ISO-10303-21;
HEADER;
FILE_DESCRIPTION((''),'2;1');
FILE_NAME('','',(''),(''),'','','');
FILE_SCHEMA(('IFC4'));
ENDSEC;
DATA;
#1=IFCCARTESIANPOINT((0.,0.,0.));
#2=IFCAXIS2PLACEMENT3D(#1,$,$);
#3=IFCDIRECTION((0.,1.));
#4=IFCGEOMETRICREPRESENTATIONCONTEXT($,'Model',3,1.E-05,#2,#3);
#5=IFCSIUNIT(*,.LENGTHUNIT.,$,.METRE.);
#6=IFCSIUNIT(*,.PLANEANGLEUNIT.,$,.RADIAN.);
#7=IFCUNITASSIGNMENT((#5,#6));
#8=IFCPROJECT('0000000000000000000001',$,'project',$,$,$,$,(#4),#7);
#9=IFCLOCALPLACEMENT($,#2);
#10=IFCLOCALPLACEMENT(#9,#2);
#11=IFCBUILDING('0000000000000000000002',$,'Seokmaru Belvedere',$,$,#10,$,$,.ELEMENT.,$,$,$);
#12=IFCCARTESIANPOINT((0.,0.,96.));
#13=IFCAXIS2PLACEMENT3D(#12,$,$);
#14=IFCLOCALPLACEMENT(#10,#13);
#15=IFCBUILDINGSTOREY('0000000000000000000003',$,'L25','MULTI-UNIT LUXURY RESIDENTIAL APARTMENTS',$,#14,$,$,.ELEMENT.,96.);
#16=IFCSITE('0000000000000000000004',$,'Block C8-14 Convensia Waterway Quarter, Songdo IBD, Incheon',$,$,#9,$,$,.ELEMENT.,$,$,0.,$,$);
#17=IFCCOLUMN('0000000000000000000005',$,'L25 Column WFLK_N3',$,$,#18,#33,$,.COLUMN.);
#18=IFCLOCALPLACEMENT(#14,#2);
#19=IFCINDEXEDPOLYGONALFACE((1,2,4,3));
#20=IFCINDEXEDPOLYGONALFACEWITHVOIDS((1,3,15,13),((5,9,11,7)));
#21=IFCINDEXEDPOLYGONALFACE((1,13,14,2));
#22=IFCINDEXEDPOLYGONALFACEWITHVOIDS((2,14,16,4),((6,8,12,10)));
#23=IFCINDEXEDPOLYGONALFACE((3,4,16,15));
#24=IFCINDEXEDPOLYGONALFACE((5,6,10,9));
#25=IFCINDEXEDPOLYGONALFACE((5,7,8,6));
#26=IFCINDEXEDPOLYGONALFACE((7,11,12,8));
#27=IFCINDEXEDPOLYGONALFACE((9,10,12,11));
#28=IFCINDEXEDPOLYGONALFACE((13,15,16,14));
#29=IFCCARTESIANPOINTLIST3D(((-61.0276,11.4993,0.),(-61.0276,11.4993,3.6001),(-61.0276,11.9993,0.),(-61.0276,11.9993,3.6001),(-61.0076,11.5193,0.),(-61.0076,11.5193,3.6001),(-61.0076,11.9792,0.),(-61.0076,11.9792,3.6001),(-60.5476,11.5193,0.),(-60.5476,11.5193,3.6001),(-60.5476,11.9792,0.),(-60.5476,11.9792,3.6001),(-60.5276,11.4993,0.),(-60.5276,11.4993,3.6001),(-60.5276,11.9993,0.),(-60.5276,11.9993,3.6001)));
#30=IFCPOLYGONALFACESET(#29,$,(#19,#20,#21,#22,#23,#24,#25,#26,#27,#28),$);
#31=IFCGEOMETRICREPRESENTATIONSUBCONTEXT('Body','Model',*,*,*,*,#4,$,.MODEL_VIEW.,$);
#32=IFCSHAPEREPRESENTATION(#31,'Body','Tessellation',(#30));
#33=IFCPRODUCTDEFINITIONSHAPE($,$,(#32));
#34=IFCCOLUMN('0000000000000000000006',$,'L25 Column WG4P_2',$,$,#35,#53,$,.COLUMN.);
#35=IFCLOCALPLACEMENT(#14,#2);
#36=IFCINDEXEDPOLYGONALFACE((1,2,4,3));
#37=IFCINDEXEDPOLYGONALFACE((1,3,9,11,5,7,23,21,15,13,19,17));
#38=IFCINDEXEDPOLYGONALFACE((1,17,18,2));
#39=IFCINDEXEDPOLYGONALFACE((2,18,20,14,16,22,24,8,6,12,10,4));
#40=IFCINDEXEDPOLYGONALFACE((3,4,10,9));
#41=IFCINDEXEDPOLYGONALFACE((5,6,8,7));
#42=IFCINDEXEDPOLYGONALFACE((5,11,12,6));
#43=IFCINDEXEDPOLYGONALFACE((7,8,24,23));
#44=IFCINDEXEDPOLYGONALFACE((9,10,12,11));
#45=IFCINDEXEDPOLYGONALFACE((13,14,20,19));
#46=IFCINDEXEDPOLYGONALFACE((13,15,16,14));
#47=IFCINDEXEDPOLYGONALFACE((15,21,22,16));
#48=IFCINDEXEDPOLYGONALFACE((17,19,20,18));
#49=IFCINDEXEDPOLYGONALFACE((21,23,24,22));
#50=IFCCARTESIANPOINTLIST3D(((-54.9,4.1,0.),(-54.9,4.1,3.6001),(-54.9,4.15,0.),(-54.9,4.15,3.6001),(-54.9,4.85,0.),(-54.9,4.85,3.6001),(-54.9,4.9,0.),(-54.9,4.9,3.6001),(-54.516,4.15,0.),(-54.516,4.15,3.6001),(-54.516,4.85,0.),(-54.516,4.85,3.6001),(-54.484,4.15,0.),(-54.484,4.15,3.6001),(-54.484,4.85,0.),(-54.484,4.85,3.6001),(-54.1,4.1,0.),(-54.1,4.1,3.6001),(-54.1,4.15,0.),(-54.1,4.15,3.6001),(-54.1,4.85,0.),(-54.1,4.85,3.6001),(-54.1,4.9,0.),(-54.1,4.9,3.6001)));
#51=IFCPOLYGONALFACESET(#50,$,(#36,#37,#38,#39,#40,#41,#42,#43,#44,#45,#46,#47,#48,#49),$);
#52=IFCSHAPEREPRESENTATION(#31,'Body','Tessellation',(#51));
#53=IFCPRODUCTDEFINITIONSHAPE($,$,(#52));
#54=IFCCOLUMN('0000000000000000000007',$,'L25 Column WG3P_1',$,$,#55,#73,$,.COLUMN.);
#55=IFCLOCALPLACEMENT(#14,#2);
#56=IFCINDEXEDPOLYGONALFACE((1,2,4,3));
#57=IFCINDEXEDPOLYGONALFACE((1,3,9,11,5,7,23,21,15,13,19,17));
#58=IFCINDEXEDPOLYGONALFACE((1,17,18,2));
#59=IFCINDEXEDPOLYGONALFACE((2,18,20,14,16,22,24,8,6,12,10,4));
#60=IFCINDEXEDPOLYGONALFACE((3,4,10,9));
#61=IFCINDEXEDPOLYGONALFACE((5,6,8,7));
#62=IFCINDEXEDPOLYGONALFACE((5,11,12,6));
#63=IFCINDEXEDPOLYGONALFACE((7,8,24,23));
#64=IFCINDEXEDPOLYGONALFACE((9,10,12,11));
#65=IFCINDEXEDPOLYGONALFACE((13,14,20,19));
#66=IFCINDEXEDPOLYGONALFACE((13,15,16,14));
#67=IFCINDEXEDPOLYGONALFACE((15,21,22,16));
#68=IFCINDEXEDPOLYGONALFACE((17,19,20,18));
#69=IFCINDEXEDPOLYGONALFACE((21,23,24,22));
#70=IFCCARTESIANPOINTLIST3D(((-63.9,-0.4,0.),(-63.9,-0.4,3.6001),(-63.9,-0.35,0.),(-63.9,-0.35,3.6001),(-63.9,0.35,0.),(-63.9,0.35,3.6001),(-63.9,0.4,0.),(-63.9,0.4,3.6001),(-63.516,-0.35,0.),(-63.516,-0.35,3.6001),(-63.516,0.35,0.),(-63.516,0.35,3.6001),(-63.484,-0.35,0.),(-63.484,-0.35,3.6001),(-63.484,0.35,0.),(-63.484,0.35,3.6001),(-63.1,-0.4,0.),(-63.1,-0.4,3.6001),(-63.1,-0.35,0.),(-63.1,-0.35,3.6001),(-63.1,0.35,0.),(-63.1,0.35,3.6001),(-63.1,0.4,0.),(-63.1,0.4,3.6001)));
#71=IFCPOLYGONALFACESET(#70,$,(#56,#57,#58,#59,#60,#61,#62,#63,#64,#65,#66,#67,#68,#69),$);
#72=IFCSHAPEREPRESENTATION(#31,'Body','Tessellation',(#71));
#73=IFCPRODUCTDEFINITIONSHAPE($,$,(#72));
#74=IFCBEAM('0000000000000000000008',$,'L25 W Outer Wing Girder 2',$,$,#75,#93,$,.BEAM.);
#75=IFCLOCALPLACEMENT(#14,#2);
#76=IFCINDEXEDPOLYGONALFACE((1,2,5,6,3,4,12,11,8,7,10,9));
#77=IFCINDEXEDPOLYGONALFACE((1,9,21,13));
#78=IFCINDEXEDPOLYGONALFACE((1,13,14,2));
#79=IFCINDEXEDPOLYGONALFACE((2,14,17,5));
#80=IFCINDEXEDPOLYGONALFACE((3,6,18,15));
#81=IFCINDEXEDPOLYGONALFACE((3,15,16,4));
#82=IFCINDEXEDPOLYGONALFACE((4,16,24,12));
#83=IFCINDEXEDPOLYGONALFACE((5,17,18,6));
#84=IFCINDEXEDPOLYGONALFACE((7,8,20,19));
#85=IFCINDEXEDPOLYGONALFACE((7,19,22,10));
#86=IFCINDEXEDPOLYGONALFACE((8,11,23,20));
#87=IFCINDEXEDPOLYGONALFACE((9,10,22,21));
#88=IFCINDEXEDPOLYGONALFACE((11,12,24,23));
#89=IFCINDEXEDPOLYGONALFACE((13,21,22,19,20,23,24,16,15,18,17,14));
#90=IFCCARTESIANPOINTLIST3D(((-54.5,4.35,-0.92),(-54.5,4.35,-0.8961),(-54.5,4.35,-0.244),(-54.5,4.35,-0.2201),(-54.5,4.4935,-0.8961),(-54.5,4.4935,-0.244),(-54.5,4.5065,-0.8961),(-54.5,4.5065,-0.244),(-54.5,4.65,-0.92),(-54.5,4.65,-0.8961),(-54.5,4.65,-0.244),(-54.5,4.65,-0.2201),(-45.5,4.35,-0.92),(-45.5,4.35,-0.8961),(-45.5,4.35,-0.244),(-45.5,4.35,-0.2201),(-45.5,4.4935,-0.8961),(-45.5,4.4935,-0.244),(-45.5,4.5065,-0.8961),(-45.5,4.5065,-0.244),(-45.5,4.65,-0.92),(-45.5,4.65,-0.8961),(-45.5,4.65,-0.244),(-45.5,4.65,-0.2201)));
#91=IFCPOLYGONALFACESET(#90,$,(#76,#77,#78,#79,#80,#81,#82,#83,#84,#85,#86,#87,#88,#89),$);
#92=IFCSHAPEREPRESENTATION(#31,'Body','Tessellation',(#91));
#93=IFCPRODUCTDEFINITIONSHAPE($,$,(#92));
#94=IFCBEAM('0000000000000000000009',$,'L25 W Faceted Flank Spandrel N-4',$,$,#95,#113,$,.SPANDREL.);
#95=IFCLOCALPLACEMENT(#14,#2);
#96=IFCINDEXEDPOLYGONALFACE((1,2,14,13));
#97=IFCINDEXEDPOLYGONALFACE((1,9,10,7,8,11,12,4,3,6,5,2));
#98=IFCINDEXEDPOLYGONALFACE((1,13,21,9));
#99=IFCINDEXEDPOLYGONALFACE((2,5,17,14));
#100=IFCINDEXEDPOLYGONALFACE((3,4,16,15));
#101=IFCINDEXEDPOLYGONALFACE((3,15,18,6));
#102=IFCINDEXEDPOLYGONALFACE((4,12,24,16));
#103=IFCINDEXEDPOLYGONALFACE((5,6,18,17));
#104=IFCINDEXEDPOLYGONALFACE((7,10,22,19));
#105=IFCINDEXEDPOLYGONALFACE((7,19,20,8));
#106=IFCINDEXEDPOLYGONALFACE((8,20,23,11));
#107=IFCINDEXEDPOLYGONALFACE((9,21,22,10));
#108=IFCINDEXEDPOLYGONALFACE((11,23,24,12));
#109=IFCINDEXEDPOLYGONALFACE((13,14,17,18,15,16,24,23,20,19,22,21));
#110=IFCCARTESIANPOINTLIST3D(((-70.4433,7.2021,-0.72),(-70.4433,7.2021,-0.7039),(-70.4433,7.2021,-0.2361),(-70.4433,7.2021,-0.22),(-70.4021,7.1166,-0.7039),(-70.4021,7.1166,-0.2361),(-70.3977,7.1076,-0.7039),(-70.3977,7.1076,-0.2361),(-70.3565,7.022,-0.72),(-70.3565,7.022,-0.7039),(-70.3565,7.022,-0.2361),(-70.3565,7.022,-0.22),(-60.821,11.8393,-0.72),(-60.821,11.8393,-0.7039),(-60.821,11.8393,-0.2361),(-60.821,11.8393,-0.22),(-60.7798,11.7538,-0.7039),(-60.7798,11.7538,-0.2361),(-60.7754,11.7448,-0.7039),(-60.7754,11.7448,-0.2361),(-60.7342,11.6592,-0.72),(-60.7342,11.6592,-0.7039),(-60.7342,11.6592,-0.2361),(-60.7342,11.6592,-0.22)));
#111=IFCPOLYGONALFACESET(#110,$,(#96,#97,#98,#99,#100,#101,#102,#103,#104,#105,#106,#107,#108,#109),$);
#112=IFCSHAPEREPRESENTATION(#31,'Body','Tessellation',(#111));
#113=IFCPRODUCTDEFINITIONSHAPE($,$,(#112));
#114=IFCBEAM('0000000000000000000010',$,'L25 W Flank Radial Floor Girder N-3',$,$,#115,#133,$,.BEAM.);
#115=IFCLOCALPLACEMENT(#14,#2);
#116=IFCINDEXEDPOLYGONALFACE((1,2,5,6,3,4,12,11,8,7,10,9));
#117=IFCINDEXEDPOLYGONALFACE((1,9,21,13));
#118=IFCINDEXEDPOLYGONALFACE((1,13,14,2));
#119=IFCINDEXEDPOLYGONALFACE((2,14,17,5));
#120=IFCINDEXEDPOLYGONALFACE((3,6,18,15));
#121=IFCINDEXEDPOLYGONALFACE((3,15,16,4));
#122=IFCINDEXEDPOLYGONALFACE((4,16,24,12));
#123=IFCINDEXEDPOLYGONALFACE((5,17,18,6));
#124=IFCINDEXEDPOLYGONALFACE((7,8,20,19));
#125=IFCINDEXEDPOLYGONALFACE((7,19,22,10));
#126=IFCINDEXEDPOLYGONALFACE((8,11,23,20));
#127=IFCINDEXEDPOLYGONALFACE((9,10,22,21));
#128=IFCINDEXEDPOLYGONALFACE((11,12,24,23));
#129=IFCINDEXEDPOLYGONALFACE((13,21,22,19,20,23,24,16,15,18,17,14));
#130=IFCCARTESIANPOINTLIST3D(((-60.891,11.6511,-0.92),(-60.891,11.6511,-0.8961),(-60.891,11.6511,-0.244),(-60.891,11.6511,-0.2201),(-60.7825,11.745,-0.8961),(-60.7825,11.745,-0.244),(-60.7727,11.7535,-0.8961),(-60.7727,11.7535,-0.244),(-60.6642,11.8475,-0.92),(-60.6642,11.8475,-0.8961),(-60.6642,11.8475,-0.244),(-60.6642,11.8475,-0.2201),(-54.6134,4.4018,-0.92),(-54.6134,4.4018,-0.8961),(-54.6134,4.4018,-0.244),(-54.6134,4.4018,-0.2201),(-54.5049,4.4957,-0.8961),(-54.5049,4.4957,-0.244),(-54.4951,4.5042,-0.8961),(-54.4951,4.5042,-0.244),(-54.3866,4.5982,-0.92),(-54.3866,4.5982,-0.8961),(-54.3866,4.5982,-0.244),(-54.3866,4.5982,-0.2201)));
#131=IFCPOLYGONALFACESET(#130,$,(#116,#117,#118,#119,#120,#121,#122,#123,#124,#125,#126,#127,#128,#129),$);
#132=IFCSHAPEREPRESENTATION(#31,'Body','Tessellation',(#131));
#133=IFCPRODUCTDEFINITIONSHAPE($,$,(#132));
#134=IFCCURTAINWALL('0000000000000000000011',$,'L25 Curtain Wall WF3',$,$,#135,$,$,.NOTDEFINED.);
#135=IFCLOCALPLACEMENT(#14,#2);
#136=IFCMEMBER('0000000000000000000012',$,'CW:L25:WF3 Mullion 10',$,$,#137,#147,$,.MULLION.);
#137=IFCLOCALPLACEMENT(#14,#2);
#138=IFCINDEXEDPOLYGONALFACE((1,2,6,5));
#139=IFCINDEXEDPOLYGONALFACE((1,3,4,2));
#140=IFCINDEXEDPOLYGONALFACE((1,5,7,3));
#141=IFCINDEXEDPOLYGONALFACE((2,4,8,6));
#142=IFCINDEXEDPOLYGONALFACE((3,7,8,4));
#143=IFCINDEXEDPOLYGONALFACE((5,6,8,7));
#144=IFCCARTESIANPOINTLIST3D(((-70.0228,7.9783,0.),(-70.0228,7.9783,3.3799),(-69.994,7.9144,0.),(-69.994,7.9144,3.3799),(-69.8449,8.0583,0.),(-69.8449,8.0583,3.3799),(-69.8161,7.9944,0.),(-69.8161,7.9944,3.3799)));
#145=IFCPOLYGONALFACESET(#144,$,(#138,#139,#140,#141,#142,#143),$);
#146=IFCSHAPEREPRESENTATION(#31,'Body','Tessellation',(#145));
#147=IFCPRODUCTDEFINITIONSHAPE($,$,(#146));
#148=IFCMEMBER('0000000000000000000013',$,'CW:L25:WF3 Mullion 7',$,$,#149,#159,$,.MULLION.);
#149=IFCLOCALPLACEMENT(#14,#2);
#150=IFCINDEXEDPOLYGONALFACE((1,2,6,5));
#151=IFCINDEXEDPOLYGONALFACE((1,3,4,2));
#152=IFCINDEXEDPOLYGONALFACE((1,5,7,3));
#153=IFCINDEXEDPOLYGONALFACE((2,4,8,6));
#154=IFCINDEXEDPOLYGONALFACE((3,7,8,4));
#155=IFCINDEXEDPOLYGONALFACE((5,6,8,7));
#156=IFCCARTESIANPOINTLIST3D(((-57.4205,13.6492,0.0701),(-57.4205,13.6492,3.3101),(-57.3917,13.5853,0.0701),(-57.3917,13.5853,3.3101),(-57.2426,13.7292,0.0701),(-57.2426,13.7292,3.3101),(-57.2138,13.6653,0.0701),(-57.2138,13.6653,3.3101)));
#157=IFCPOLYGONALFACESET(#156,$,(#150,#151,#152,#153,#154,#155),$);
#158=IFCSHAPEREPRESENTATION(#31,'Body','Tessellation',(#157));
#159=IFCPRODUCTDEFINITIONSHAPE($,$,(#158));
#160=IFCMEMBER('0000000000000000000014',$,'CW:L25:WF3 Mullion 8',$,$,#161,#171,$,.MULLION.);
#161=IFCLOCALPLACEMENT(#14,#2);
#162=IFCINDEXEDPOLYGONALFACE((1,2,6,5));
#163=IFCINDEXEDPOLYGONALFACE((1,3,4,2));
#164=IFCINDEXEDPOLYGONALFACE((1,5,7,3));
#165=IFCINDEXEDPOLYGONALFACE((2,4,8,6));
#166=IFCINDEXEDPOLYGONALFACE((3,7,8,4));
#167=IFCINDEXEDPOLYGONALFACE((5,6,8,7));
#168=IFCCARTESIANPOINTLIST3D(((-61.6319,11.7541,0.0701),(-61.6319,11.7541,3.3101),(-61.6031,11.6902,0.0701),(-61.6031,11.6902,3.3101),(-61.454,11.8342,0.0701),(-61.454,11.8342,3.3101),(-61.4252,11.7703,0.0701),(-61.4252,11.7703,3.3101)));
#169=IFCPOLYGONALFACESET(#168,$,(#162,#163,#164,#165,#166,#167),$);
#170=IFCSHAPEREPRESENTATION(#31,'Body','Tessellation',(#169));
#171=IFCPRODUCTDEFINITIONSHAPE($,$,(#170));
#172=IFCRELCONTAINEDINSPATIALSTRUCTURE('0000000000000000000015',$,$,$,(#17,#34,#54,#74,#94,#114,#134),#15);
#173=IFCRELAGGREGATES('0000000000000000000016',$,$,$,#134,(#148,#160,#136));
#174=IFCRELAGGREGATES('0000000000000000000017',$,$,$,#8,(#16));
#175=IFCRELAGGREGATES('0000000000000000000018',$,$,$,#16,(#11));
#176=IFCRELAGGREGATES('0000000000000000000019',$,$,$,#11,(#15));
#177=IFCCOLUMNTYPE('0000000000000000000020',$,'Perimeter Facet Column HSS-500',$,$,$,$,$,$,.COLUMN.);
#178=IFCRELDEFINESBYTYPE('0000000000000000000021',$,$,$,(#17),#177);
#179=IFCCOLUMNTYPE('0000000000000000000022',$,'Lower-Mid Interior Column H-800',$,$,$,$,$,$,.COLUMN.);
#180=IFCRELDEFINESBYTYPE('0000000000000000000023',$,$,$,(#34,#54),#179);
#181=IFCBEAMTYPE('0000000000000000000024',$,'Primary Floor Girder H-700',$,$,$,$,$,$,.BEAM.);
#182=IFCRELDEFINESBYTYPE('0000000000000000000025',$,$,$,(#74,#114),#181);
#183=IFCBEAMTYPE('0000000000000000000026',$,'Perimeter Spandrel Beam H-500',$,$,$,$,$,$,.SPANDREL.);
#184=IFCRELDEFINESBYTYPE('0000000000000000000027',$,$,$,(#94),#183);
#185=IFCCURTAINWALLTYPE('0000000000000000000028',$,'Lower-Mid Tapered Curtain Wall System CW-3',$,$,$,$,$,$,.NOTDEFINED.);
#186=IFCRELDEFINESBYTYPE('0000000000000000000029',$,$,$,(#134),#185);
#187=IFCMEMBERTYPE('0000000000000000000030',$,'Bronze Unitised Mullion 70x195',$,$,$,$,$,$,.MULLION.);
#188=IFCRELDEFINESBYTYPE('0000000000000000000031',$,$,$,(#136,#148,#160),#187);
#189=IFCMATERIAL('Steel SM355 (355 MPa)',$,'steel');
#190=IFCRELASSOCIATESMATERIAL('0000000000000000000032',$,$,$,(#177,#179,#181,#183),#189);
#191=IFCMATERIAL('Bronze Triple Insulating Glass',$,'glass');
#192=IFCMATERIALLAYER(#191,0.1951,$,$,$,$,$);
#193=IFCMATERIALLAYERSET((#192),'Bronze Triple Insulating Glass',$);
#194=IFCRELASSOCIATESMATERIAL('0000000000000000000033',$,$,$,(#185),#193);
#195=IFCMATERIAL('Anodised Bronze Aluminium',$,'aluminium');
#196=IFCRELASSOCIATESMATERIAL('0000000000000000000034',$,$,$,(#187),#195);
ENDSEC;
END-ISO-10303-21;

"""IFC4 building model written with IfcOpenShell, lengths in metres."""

from ifc_helpers import new_model, si_unit, direction, frame, origin, origin_2d, place, context, subcontext, project, spatial, rectangle, hollow_rectangle, i_section, extrude, source, transform, mapped, material, layer, layer_set, material_profile, profile_set, type_object, type_shapes, element, aggregate, save


model = new_model("IFC4")

# Units and contexts
model_context = context("Model", 3, precision=1e-05, world=origin(), true_north=direction((0.0, 1.0)))
body_context = subcontext(model_context, "Body", "Model", "MODEL_VIEW")
ifc_project = project(units=[si_unit("LENGTHUNIT", "METRE"), si_unit("PLANEANGLEUNIT", "RADIAN")], contexts=[model_context])

# Site, building, storey
site_placement = place(None, origin())
site = spatial("IfcSite", under=ifc_project, at=site_placement, Name="Block C8-14 Convensia Waterway Quarter, Songdo IBD, Incheon", CompositionType="ELEMENT", RefElevation=0.0)
building_placement = place(site_placement, origin())
building = spatial("IfcBuilding", under=site, at=building_placement, Name="Seokmaru Belvedere", CompositionType="ELEMENT")
storey_placement = place(building_placement, frame((0.0, 0.0, 96.0)))
storey = spatial("IfcBuildingStorey", under=building, at=storey_placement, Name="L25", Description="MULTI-UNIT LUXURY RESIDENTIAL APARTMENTS", CompositionType="ELEMENT", Elevation=96.0)

# Columns
ifc_material_1 = material(Name="Steel SM355 (355 MPa)", Category="steel")
ifc_material_profile_1 = material_profile(ifc_material_1, hollow_rectangle(XDim=0.5, YDim=0.5, WallThickness=0.02, at=origin_2d()), Name="HSS-500x500x20")
ifc_profile_set_1 = profile_set([ifc_material_profile_1], Name="Steel SM355 (355 MPa)")
column_type_1 = type_object("IfcColumnType", Name="Perimeter Facet Column HSS-500", PredefinedType="COLUMN", material=ifc_profile_set_1)
shared_shape_1 = source(origin(), body_context, "Body", "SweptSolid", [
    extrude(hollow_rectangle(XDim=0.5, YDim=0.5, WallThickness=0.02, at=origin_2d()), origin(), (0.0, 0.0, 1.0), 3.6001),
])
type_shapes(column_type_1, [shared_shape_1])
column_placement = place(storey_placement, frame((-60.7776, 11.7493, 0.0), z_axis=(0.0, 0.0, 1.0), x_axis=(1.0, 0.0, 0.0)))
element("IfcColumn", 1, at=column_placement, inside=storey, type_object=column_type_1, Name="L25 Column WFLK_N3", PredefinedType="COLUMN", context=body_context, shape_type="MappedRepresentation", body=[
    mapped(shared_shape_1, transform((0.0, 0.0, 0.0), scale=1.0)),
])
ifc_material_profile_2 = material_profile(ifc_material_1, i_section(OverallWidth=0.8, OverallDepth=0.8, WebThickness=0.032, FlangeThickness=0.05, at=origin_2d()), Name="H-800x800x32x50")
ifc_profile_set_2 = profile_set([ifc_material_profile_2], Name="Steel SM355 (355 MPa)")
column_type_2 = type_object("IfcColumnType", Name="Lower-Mid Interior Column H-800", PredefinedType="COLUMN", material=ifc_profile_set_2)
shared_shape_2 = source(origin(), body_context, "Body", "SweptSolid", [
    extrude(i_section(OverallWidth=0.8, OverallDepth=0.8, WebThickness=0.032, FlangeThickness=0.05, at=origin_2d()), origin(), (0.0, 0.0, 1.0), 3.6001),
])
type_shapes(column_type_2, [shared_shape_2])
for number, where, z_axis, x_axis, name in (
    (2, (-54.5, 4.5, 0.0), (0.0, 0.0, 1.0), (1.0, 0.0, 0.0), "L25 Column WG4P_2"),
    (3, (-63.5, 0.0, 0.0), (0.0, 0.0, 1.0), (1.0, 0.0, 0.0), "L25 Column WG3P_1"),
):
    element("IfcColumn", number, at=place(storey_placement, frame(where, z_axis=z_axis, x_axis=x_axis)), inside=storey, type_object=column_type_2, Name=name, PredefinedType="COLUMN", context=body_context, shape_type="MappedRepresentation", body=[
        mapped(shared_shape_2, transform((0.0, 0.0, 0.0), scale=1.0)),
    ])

# Beams
ifc_material_profile_3 = material_profile(ifc_material_1, i_section(OverallWidth=0.3, OverallDepth=0.7, WebThickness=0.0129, FlangeThickness=0.0239, at=origin_2d()), Name="H-700x300x13x24")
ifc_profile_set_3 = profile_set([ifc_material_profile_3], Name="Steel SM355 (355 MPa)")
beam_type_1 = type_object("IfcBeamType", Name="Primary Floor Girder H-700", PredefinedType="BEAM", material=ifc_profile_set_3)
shared_shape_3 = source(origin(), body_context, "Body", "SweptSolid", [
    extrude(i_section(OverallWidth=0.3, OverallDepth=0.7, WebThickness=0.0129, FlangeThickness=0.0239, at=origin_2d()), origin(), (0.0, 0.0, 1.0), 9.0),
])
beam_1_placement = place(storey_placement, frame((-54.5, 4.5, -0.5701), z_axis=(1.0, 0.0, 0.0), x_axis=(0.0, 1.0, 0.0)))
element("IfcBeam", 4, at=beam_1_placement, inside=storey, type_object=beam_type_1, Name="L25 W Outer Wing Girder 2", PredefinedType="BEAM", context=body_context, shape_type="MappedRepresentation", body=[
    mapped(shared_shape_3, transform((0.0, 0.0, 0.0), scale=1.0)),
])
ifc_material_profile_4 = material_profile(ifc_material_1, i_section(OverallWidth=0.2, OverallDepth=0.5, WebThickness=0.01, FlangeThickness=0.0161, at=origin_2d()), Name="H-500x200x10x16")
ifc_profile_set_4 = profile_set([ifc_material_profile_4], Name="Steel SM355 (355 MPa)")
beam_type_2 = type_object("IfcBeamType", Name="Perimeter Spandrel Beam H-500", PredefinedType="SPANDREL", material=ifc_profile_set_4)
shared_shape_4 = source(origin(), body_context, "Body", "SweptSolid", [
    extrude(i_section(OverallWidth=0.2, OverallDepth=0.5, WebThickness=0.01, FlangeThickness=0.0161, at=origin_2d()), origin(), (0.0, 0.0, 1.0), 10.6814),
])
type_shapes(beam_type_2, [shared_shape_4])
beam_2_placement = place(storey_placement, frame((-60.7776, 11.7493, -0.47), z_axis=(-0.900846, -0.434138, 0.0), x_axis=(0.434138, -0.900846, 0.0)))
element("IfcBeam", 5, at=beam_2_placement, inside=storey, type_object=beam_type_2, Name="L25 W Faceted Flank Spandrel N-4", PredefinedType="SPANDREL", context=body_context, shape_type="MappedRepresentation", body=[
    mapped(shared_shape_4, transform((0.0, 0.0, 0.0), scale=1.0)),
])
shared_shape_5 = source(origin(), body_context, "Body", "SweptSolid", [
    extrude(i_section(OverallWidth=0.3, OverallDepth=0.7, WebThickness=0.0129, FlangeThickness=0.0239, at=origin_2d()), origin(), (0.0, 0.0, 1.0), 9.5896),
])
type_shapes(beam_type_1, [shared_shape_3, shared_shape_5])
beam_3_placement = place(storey_placement, frame((-60.7776, 11.7493, -0.5701), z_axis=(0.654626, -0.755953, 0.0), x_axis=(0.755953, 0.654626, 0.0)))
element("IfcBeam", 6, at=beam_3_placement, inside=storey, type_object=beam_type_1, Name="L25 W Flank Radial Floor Girder N-3", PredefinedType="BEAM", context=body_context, shape_type="MappedRepresentation", body=[
    mapped(shared_shape_5, transform((0.0, 0.0, 0.0), scale=1.0)),
])

# Curtain wall, members
ifc_material_2 = material(Name="Bronze Triple Insulating Glass", Category="glass")
ifc_layer_1 = layer(ifc_material_2, 0.1951)
ifc_layer_set_1 = layer_set([ifc_layer_1], Name="Bronze Triple Insulating Glass")
curtain_wall_type = type_object("IfcCurtainWallType", Name="Lower-Mid Tapered Curtain Wall System CW-3", PredefinedType="NOTDEFINED", material=ifc_layer_set_1)
curtain_wall_placement = place(storey_placement, origin())
curtain_wall = element("IfcCurtainWall", 7, at=curtain_wall_placement, inside=storey, type_object=curtain_wall_type, Name="L25 Curtain Wall WF3", PredefinedType="NOTDEFINED")
ifc_material_3 = material(Name="Anodised Bronze Aluminium", Category="aluminium")
ifc_material_profile_5 = material_profile(ifc_material_3, rectangle(XDim=0.0701, YDim=0.1951, at=origin_2d()), Name="CW-M-70x195")
ifc_profile_set_5 = profile_set([ifc_material_profile_5], Name="Anodised Bronze Aluminium")
member_type = type_object("IfcMemberType", Name="Bronze Unitised Mullion 70x195", PredefinedType="MULLION", material=ifc_profile_set_5)
shared_shape_6 = source(origin(), body_context, "Body", "SweptSolid", [
    extrude(rectangle(XDim=0.0701, YDim=0.1951, at=origin_2d()), origin(), (0.0, 0.0, 1.0), 3.3799),
])
member_1_placement = place(storey_placement, frame((-69.9194, 7.9863, 0.0), z_axis=(0.0, 0.0, 1.0), x_axis=(0.410366, -0.911921, 0.0)))
member_1 = element("IfcMember", 8, at=member_1_placement, type_object=member_type, Name="CW:L25:WF3 Mullion 10", PredefinedType="MULLION", context=body_context, shape_type="MappedRepresentation", body=[
    mapped(shared_shape_6, transform((0.0, 0.0, 0.0), scale=1.0)),
])
shared_shape_7 = source(origin(), body_context, "Body", "SweptSolid", [
    extrude(rectangle(XDim=0.0701, YDim=0.1951, at=origin_2d()), origin(), (0.0, 0.0, 1.0), 3.24),
])
type_shapes(member_type, [shared_shape_6, shared_shape_7])
member_2_placement = place(storey_placement, frame((-57.3171, 13.6572, 0.0701), z_axis=(0.0, 0.0, 1.0), x_axis=(0.410366, -0.911921, 0.0)))
member_2 = element("IfcMember", 9, at=member_2_placement, type_object=member_type, Name="CW:L25:WF3 Mullion 7", PredefinedType="MULLION", context=body_context, shape_type="MappedRepresentation", body=[
    mapped(shared_shape_7, transform((0.0, 0.0, 0.0), scale=1.0)),
])
member_3_placement = place(storey_placement, frame((-61.5286, 11.7622, 0.0701), z_axis=(0.0, 0.0, 1.0), x_axis=(0.410366, -0.911921, 0.0)))
member_3 = element("IfcMember", 10, at=member_3_placement, type_object=member_type, Name="CW:L25:WF3 Mullion 8", PredefinedType="MULLION", context=body_context, shape_type="MappedRepresentation", body=[
    mapped(shared_shape_7, transform((0.0, 0.0, 0.0), scale=1.0)),
])
aggregate(curtain_wall, [member_2, member_3, member_1])

save(model, "model.ifc")
